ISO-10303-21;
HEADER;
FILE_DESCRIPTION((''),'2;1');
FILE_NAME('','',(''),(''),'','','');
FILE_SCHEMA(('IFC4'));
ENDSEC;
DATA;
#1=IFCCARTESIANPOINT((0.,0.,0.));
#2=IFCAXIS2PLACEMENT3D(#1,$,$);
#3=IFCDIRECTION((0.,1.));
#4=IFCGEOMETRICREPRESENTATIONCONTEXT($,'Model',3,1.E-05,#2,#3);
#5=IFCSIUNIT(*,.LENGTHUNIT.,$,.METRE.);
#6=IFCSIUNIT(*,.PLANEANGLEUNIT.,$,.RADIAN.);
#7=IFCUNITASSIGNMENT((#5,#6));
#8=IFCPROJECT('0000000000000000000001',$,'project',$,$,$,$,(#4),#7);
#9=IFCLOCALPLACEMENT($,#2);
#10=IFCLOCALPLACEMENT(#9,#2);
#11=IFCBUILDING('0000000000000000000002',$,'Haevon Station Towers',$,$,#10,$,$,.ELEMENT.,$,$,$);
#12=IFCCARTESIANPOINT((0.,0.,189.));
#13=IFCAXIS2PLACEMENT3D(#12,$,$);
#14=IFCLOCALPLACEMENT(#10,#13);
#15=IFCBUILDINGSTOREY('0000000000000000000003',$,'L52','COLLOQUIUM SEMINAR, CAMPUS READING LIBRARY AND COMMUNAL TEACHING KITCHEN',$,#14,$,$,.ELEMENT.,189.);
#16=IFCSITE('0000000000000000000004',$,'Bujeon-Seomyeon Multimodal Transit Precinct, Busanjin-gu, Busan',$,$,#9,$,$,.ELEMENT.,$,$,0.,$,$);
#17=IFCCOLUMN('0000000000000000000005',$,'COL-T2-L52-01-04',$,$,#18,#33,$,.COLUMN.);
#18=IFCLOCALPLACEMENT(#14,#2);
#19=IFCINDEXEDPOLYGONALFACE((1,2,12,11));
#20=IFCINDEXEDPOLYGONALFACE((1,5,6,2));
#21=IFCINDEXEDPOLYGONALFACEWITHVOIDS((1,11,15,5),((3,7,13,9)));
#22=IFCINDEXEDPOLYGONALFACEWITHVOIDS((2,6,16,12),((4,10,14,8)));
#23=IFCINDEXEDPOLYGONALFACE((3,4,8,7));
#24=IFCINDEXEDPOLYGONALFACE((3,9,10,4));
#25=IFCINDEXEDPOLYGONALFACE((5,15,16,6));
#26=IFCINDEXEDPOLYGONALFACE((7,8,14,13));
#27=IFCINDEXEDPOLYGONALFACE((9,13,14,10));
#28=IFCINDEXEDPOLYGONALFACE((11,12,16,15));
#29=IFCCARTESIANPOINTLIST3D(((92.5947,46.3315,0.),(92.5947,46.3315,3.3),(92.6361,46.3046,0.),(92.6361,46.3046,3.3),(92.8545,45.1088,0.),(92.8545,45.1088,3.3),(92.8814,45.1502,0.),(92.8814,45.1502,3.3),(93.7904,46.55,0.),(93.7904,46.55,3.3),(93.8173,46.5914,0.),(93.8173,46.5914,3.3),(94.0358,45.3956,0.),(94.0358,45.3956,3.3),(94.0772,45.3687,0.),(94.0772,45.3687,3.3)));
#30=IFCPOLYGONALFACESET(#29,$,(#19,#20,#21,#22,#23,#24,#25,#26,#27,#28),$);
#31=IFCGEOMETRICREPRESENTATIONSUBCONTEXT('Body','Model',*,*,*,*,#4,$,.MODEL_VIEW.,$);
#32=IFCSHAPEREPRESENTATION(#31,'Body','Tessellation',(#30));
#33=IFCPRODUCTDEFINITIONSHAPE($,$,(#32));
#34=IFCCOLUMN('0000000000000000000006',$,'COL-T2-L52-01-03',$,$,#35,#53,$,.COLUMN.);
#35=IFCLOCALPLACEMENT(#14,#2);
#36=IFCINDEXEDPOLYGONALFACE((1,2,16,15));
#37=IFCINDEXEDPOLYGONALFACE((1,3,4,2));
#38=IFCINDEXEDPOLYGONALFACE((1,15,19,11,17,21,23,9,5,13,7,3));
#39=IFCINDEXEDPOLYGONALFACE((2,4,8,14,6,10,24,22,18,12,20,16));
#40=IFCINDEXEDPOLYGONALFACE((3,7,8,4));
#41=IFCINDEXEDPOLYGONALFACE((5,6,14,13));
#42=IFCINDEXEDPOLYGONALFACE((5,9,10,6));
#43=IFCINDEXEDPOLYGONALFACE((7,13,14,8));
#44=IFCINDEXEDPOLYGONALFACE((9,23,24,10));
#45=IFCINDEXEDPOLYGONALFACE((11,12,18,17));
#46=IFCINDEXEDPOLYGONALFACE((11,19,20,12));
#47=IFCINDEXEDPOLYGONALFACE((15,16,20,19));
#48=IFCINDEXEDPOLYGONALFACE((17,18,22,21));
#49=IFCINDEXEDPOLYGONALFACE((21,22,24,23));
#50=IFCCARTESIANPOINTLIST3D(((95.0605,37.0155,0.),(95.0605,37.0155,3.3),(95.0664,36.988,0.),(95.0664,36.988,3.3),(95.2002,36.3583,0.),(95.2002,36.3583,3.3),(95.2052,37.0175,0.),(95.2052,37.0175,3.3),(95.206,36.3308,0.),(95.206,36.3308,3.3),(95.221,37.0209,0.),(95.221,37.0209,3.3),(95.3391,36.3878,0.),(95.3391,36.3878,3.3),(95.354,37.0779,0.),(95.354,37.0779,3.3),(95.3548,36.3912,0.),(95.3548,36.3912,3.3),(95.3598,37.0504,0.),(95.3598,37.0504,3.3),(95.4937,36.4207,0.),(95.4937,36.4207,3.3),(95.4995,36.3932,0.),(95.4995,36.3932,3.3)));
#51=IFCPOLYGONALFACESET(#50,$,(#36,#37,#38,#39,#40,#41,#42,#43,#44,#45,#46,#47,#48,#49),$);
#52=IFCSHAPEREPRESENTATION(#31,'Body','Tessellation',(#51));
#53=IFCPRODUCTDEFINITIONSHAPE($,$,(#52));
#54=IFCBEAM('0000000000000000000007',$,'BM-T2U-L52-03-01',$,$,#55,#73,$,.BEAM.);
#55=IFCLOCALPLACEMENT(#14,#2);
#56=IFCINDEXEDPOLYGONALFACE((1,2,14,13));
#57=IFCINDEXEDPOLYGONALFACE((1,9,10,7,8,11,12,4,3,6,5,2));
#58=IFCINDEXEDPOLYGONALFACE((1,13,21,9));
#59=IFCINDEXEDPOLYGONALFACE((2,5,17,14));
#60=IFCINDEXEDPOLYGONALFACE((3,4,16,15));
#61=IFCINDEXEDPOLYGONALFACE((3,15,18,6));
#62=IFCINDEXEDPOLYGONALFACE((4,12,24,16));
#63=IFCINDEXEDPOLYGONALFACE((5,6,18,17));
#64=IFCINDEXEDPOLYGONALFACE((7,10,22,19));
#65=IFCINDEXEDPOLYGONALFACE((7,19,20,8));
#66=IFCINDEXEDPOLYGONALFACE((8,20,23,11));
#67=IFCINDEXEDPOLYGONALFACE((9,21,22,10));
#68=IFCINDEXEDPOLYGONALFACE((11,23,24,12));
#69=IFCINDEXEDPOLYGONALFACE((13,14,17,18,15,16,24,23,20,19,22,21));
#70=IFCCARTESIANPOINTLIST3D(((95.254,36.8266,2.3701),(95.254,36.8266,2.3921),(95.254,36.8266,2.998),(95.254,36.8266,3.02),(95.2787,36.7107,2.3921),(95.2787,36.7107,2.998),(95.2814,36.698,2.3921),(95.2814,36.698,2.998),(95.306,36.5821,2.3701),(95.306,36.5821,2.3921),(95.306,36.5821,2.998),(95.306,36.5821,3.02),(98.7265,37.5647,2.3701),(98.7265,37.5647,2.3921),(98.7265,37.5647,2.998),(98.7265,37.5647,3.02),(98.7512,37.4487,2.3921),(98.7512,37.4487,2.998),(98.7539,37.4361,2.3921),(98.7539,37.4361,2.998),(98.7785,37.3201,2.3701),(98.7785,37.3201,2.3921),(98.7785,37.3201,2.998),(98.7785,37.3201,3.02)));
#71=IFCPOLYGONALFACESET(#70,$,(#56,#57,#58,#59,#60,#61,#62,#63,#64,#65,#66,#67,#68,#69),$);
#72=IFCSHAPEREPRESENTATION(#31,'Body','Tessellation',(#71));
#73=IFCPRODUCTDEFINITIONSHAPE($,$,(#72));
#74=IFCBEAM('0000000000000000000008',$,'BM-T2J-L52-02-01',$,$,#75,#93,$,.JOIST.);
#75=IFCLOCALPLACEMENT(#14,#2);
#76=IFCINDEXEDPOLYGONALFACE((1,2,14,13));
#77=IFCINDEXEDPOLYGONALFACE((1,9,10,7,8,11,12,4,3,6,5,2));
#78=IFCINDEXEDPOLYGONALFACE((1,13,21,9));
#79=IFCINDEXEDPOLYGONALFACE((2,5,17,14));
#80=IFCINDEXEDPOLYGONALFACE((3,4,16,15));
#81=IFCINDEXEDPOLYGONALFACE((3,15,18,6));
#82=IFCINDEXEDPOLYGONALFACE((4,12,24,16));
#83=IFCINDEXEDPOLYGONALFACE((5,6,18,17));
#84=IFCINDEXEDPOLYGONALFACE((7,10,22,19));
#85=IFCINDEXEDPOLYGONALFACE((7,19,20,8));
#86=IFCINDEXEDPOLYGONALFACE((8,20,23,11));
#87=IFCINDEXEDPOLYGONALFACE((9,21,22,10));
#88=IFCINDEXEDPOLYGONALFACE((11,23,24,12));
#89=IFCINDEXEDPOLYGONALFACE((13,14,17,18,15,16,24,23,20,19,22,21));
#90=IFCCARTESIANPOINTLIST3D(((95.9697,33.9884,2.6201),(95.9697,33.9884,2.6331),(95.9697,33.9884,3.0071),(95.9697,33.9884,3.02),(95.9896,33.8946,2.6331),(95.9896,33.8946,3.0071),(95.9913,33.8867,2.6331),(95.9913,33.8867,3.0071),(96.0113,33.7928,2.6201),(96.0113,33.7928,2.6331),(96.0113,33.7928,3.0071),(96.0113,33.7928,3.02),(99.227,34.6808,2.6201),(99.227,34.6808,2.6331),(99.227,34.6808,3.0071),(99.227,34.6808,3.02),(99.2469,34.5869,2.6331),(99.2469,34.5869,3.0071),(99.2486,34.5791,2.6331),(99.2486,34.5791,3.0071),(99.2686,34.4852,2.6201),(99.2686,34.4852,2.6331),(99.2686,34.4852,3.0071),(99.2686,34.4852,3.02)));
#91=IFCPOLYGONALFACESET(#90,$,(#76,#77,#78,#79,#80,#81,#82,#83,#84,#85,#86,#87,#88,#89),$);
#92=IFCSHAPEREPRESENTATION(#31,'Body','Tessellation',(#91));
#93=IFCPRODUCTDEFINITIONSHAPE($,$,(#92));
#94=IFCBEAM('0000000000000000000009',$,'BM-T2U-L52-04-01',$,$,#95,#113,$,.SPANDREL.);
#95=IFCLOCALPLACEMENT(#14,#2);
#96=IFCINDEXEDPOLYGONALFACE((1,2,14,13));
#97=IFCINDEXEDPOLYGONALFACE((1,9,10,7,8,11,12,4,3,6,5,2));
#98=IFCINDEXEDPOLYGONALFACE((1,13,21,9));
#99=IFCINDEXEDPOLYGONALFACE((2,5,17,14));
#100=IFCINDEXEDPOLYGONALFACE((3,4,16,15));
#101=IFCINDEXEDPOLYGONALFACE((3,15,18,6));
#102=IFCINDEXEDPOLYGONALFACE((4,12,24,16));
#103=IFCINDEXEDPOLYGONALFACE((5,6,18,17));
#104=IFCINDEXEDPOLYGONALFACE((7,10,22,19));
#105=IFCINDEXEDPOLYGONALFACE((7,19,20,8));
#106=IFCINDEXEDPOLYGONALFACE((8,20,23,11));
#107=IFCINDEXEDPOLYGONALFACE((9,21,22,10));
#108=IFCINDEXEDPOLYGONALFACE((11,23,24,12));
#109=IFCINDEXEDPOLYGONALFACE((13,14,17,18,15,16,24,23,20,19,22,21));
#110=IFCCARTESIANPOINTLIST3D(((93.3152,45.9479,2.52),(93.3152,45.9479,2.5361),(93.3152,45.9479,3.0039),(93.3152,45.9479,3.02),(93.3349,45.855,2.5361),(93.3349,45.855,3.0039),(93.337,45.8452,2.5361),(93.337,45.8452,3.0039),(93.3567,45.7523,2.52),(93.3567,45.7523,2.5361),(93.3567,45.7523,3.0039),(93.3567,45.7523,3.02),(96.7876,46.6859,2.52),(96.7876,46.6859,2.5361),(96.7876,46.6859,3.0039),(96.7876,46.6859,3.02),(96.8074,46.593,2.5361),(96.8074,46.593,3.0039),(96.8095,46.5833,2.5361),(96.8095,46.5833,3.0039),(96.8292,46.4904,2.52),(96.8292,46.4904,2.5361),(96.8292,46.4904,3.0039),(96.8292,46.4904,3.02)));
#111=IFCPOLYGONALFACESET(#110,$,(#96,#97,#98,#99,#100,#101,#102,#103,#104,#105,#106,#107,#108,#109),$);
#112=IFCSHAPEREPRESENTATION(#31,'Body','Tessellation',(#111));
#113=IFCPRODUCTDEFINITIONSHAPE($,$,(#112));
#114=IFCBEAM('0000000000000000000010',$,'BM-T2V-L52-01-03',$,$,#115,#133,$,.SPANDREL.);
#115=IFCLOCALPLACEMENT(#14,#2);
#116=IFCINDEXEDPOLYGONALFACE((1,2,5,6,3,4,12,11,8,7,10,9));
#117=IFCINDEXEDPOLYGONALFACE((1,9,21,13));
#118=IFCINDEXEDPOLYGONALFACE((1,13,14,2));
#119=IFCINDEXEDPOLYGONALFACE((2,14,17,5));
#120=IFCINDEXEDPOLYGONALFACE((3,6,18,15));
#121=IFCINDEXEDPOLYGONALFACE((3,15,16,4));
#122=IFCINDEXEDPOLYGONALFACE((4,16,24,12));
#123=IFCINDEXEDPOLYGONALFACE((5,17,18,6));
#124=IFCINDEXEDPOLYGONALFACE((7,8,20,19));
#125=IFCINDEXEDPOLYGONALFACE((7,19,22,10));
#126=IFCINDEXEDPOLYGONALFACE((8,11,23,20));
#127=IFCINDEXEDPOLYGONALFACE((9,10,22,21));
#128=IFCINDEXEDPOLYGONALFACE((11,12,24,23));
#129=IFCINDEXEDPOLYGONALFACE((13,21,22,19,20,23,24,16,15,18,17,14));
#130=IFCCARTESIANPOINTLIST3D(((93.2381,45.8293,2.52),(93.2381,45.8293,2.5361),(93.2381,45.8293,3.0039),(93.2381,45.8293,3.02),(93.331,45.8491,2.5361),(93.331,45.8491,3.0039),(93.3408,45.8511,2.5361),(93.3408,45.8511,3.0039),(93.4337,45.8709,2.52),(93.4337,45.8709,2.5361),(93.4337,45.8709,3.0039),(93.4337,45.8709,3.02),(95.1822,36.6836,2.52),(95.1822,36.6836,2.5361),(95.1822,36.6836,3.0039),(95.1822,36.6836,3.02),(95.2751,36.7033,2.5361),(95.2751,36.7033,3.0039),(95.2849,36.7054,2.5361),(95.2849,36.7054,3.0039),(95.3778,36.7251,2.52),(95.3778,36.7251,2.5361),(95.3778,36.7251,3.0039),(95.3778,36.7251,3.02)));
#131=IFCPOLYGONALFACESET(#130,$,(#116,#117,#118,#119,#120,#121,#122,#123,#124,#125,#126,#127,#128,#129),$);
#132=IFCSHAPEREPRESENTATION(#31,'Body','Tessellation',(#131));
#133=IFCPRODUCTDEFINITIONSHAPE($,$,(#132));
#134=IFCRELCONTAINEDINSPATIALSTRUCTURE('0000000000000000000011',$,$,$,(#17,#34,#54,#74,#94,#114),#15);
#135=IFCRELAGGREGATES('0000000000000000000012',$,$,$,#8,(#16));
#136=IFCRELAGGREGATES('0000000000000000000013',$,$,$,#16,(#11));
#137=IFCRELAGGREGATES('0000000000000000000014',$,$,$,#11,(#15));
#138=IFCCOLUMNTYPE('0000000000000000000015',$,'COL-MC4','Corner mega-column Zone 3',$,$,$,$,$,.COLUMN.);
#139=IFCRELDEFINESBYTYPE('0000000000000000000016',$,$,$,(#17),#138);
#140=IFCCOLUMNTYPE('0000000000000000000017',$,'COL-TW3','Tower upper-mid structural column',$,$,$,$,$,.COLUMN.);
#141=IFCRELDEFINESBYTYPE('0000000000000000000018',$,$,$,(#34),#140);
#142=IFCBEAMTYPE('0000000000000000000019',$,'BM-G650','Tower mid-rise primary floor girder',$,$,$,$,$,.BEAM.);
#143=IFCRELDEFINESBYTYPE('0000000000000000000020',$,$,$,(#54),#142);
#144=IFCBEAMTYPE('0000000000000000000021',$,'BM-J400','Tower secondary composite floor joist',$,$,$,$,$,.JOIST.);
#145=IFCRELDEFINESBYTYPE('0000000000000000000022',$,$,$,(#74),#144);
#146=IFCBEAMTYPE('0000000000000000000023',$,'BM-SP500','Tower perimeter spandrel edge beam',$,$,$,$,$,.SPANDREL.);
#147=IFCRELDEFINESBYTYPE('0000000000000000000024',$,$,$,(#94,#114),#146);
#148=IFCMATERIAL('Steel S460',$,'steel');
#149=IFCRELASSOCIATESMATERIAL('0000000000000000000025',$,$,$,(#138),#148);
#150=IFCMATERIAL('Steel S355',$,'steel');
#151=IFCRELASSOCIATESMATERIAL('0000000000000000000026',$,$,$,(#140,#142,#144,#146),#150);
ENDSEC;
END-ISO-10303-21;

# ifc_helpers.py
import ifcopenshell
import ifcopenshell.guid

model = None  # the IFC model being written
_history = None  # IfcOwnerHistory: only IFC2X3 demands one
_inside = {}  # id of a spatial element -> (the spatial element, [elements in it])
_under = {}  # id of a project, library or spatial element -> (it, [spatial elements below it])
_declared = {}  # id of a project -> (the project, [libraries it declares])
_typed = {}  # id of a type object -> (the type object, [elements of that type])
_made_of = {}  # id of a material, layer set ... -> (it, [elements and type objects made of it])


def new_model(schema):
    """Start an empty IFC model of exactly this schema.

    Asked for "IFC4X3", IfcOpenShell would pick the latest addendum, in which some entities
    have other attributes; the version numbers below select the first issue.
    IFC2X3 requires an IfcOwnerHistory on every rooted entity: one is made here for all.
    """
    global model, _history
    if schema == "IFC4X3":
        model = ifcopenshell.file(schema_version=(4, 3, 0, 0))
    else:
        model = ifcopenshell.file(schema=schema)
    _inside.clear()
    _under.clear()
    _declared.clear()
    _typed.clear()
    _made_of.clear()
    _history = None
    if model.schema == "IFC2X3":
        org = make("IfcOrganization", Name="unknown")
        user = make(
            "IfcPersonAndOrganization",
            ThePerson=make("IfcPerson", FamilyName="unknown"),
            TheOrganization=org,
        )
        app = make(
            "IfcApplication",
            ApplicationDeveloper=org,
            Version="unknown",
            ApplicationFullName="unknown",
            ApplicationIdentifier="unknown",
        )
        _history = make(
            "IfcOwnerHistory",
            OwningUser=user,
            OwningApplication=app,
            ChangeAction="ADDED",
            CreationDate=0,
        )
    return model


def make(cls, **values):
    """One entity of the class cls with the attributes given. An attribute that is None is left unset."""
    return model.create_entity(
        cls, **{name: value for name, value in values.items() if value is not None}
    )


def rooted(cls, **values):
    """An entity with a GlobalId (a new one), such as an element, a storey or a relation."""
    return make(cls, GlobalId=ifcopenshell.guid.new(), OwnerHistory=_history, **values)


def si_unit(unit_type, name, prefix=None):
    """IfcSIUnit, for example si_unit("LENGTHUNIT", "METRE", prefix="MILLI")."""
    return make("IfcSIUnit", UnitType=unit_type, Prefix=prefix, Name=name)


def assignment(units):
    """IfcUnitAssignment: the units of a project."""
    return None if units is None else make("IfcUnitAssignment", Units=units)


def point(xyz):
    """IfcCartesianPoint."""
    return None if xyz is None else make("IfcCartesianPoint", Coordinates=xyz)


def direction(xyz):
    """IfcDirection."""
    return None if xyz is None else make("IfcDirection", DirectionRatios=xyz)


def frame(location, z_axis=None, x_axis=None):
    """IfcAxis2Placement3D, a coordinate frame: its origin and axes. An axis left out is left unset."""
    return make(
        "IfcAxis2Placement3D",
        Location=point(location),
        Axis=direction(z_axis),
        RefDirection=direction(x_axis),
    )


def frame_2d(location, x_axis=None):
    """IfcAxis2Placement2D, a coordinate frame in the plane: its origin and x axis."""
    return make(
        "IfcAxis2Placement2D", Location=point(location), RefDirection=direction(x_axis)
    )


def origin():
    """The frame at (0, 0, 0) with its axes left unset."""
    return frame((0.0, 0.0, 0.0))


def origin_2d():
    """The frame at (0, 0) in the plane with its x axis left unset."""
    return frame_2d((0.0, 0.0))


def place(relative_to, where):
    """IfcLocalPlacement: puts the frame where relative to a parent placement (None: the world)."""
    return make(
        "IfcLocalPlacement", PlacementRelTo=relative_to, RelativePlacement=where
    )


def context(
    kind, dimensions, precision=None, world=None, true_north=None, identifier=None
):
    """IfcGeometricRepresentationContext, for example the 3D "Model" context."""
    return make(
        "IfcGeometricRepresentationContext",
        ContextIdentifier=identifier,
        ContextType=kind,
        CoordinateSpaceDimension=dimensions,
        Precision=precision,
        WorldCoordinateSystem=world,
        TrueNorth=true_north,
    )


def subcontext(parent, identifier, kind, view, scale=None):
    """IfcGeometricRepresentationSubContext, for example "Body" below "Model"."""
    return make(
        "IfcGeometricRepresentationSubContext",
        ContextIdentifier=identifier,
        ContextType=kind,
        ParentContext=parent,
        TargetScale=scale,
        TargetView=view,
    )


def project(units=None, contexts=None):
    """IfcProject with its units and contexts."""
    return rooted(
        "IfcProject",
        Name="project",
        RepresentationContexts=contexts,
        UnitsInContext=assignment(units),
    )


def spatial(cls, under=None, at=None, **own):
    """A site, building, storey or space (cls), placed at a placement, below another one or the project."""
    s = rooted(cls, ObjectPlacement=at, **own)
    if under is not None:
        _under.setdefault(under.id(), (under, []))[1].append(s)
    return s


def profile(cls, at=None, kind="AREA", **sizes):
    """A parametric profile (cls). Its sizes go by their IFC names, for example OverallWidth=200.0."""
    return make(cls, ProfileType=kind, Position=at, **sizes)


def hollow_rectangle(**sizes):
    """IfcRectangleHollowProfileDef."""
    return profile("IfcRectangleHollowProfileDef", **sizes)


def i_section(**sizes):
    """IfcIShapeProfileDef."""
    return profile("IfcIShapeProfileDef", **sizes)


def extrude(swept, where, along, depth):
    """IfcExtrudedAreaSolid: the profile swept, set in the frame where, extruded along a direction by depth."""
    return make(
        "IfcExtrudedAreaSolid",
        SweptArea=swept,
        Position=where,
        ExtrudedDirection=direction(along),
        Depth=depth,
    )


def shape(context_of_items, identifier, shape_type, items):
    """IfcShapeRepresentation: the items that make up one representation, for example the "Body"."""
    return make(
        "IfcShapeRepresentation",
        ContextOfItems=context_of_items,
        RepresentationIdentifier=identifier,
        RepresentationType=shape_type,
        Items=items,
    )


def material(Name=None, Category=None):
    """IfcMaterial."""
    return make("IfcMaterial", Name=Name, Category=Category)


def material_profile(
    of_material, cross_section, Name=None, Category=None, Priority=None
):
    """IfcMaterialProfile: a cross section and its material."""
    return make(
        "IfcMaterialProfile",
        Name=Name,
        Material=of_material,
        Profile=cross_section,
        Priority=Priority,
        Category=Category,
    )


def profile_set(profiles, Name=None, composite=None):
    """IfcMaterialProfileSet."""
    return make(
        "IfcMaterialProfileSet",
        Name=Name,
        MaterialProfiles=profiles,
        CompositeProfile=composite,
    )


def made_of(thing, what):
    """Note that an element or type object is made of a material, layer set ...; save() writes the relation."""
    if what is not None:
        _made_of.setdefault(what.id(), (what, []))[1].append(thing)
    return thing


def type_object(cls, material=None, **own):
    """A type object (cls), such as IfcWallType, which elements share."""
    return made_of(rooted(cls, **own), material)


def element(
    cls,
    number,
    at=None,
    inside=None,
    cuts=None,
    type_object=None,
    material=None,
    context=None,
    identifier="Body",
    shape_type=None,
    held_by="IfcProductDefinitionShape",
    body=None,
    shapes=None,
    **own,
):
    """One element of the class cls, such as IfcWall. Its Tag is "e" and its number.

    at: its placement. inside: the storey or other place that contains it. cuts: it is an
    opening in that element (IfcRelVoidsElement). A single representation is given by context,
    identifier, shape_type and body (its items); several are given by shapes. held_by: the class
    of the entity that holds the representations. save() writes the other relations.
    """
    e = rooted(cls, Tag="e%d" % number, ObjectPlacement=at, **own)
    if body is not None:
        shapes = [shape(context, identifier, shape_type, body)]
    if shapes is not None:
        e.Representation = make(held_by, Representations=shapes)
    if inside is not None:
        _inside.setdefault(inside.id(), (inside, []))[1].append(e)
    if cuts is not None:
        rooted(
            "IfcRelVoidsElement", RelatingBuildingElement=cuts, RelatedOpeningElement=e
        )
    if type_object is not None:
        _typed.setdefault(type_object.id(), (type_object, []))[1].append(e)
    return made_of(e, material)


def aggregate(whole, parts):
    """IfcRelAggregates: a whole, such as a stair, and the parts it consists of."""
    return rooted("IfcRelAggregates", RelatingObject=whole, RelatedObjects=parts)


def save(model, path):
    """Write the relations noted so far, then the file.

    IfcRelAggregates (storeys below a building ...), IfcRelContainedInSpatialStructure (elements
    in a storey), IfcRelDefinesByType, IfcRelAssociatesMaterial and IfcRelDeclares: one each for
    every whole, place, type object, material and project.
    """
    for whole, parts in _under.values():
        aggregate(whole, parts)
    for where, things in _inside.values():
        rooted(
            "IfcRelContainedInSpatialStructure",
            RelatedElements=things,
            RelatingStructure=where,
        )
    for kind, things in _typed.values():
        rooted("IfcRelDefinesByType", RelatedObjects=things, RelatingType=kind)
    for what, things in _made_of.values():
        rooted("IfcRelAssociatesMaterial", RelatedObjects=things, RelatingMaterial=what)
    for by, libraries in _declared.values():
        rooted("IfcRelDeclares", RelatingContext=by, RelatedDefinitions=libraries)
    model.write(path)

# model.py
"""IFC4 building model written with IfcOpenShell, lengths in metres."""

from ifc_helpers import new_model, si_unit, direction, frame, origin, origin_2d, place, context, subcontext, project, spatial, hollow_rectangle, i_section, extrude, material, material_profile, profile_set, type_object, element, save


model = new_model("IFC4")

# Units and contexts
model_context = context("Model", 3, precision=1e-05, world=origin(), true_north=direction((0.0, 1.0)))
body_context = subcontext(model_context, "Body", "Model", "MODEL_VIEW")
ifc_project = project(units=[si_unit("LENGTHUNIT", "METRE"), si_unit("PLANEANGLEUNIT", "RADIAN")], contexts=[model_context])

# Site, building, storey
site_placement = place(None, origin())
site = spatial("IfcSite", under=ifc_project, at=site_placement, Name="Bujeon-Seomyeon Multimodal Transit Precinct, Busanjin-gu, Busan", CompositionType="ELEMENT", RefElevation=0.0)
building_placement = place(site_placement, origin())
building = spatial("IfcBuilding", under=site, at=building_placement, Name="Haevon Station Towers", CompositionType="ELEMENT")
storey_placement = place(building_placement, frame((0.0, 0.0, 189.0)))
storey = spatial("IfcBuildingStorey", under=building, at=storey_placement, Name="L52", Description="COLLOQUIUM SEMINAR, CAMPUS READING LIBRARY AND COMMUNAL TEACHING KITCHEN", CompositionType="ELEMENT", Elevation=189.0)

# Columns
ifc_material_1 = material(Name="Steel S460", Category="steel")
ifc_material_profile_1 = material_profile(ifc_material_1, hollow_rectangle(XDim=1.25, YDim=1.25, WallThickness=0.0349, at=origin_2d()), Name="BOX-1250x1250x35")
ifc_profile_set_1 = profile_set([ifc_material_profile_1], Name="Steel S460")
column_type_1 = type_object("IfcColumnType", Name="COL-MC4", Description="Corner mega-column Zone 3", PredefinedType="COLUMN", material=ifc_profile_set_1)
column_1_placement = place(storey_placement, frame((93.3359, 45.8501, 0.0), z_axis=(0.0, 0.0, 1.0), x_axis=(0.978148, 0.207912, 0.0)))
element("IfcColumn", 1, at=column_1_placement, inside=storey, type_object=column_type_1, Name="COL-T2-L52-01-04", PredefinedType="COLUMN", context=body_context, shape_type="SweptSolid", body=[
    extrude(hollow_rectangle(XDim=1.25, YDim=1.25, WallThickness=0.0349, at=origin_2d()), origin(), (0.0, 0.0, 1.0), 3.3),
])
ifc_material_2 = material(Name="Steel S355", Category="steel")
ifc_material_profile_2 = material_profile(ifc_material_2, i_section(OverallWidth=0.3, OverallDepth=0.7, WebThickness=0.0161, FlangeThickness=0.0281, at=origin_2d()), Name="H-700x300x16x28")
ifc_profile_set_2 = profile_set([ifc_material_profile_2], Name="Steel S355")
column_type_2 = type_object("IfcColumnType", Name="COL-TW3", Description="Tower upper-mid structural column", PredefinedType="COLUMN", material=ifc_profile_set_2)
column_2_placement = place(storey_placement, frame((95.28, 36.7043, 0.0), z_axis=(0.0, 0.0, 1.0), x_axis=(0.978148, 0.207912, 0.0)))
element("IfcColumn", 2, at=column_2_placement, inside=storey, type_object=column_type_2, Name="COL-T2-L52-01-03", PredefinedType="COLUMN", context=body_context, shape_type="SweptSolid", body=[
    extrude(i_section(OverallWidth=0.3, OverallDepth=0.7, WebThickness=0.0161, FlangeThickness=0.0281, at=origin_2d()), origin(), (0.0, 0.0, 1.0), 3.3),
])

# Beams
ifc_material_profile_3 = material_profile(ifc_material_2, i_section(OverallWidth=0.25, OverallDepth=0.6499, WebThickness=0.0129, FlangeThickness=0.022, at=origin_2d()), Name="H-650x250x13x22")
ifc_profile_set_3 = profile_set([ifc_material_profile_3], Name="Steel S355")
beam_type_1 = type_object("IfcBeamType", Name="BM-G650", Description="Tower mid-rise primary floor girder", PredefinedType="BEAM", material=ifc_profile_set_3)
beam_1_placement = place(storey_placement, frame((95.28, 36.7043, 2.6951), z_axis=(0.97815, 0.207899, 0.0), x_axis=(-0.207899, 0.97815, 0.0)))
element("IfcBeam", 3, at=beam_1_placement, inside=storey, type_object=beam_type_1, Name="BM-T2U-L52-03-01", PredefinedType="BEAM", context=body_context, shape_type="SweptSolid", body=[
    extrude(i_section(OverallWidth=0.25, OverallDepth=0.6499, WebThickness=0.0129, FlangeThickness=0.022, at=origin_2d()), origin(), (0.0, 0.0, 1.0), 3.55),
])
ifc_material_profile_4 = material_profile(ifc_material_2, i_section(OverallWidth=0.2, OverallDepth=0.3999, WebThickness=0.0081, FlangeThickness=0.0129, at=origin_2d()), Name="H-400x200x8x13")
ifc_profile_set_4 = profile_set([ifc_material_profile_4], Name="Steel S355")
beam_type_2 = type_object("IfcBeamType", Name="BM-J400", Description="Tower secondary composite floor joist", PredefinedType="JOIST", material=ifc_profile_set_4)
beam_2_placement = place(storey_placement, frame((95.9905, 33.8906, 2.8201), z_axis=(0.978147, 0.207917, 0.0), x_axis=(-0.207917, 0.978147, 0.0)))
element("IfcBeam", 4, at=beam_2_placement, inside=storey, type_object=beam_type_2, Name="BM-T2J-L52-02-01", PredefinedType="JOIST", context=body_context, shape_type="SweptSolid", body=[
    extrude(i_section(OverallWidth=0.2, OverallDepth=0.3999, WebThickness=0.0081, FlangeThickness=0.0129, at=origin_2d()), origin(), (0.0, 0.0, 1.0), 3.3301),
])
ifc_material_profile_5 = material_profile(ifc_material_2, i_section(OverallWidth=0.2, OverallDepth=0.5, WebThickness=0.01, FlangeThickness=0.0161, at=origin_2d()), Name="H-500x200x10x16")
ifc_profile_set_5 = profile_set([ifc_material_profile_5], Name="Steel S355")
beam_type_3 = type_object("IfcBeamType", Name="BM-SP500", Description="Tower perimeter spandrel edge beam", PredefinedType="SPANDREL", material=ifc_profile_set_5)
beam_3_placement = place(storey_placement, frame((93.3359, 45.8501, 2.77), z_axis=(0.97815, 0.207899, 0.0), x_axis=(-0.207899, 0.97815, 0.0)))
element("IfcBeam", 5, at=beam_3_placement, inside=storey, type_object=beam_type_3, Name="BM-T2U-L52-04-01", PredefinedType="SPANDREL", context=body_context, shape_type="SweptSolid", body=[
    extrude(i_section(OverallWidth=0.2, OverallDepth=0.5, WebThickness=0.01, FlangeThickness=0.0161, at=origin_2d()), origin(), (0.0, 0.0, 1.0), 3.55),
])
beam_4_placement = place(storey_placement, frame((95.28, 36.7043, 2.77), z_axis=(-0.207922, 0.978145, 0.0), x_axis=(-0.978145, -0.207922, 0.0)))
element("IfcBeam", 6, at=beam_4_placement, inside=storey, type_object=beam_type_3, Name="BM-T2V-L52-01-03", PredefinedType="SPANDREL", context=body_context, shape_type="SweptSolid", body=[
    extrude(i_section(OverallWidth=0.2, OverallDepth=0.5, WebThickness=0.01, FlangeThickness=0.0161, at=origin_2d()), origin(), (0.0, 0.0, 1.0), 9.3501),
])

save(model, "model.ifc")
